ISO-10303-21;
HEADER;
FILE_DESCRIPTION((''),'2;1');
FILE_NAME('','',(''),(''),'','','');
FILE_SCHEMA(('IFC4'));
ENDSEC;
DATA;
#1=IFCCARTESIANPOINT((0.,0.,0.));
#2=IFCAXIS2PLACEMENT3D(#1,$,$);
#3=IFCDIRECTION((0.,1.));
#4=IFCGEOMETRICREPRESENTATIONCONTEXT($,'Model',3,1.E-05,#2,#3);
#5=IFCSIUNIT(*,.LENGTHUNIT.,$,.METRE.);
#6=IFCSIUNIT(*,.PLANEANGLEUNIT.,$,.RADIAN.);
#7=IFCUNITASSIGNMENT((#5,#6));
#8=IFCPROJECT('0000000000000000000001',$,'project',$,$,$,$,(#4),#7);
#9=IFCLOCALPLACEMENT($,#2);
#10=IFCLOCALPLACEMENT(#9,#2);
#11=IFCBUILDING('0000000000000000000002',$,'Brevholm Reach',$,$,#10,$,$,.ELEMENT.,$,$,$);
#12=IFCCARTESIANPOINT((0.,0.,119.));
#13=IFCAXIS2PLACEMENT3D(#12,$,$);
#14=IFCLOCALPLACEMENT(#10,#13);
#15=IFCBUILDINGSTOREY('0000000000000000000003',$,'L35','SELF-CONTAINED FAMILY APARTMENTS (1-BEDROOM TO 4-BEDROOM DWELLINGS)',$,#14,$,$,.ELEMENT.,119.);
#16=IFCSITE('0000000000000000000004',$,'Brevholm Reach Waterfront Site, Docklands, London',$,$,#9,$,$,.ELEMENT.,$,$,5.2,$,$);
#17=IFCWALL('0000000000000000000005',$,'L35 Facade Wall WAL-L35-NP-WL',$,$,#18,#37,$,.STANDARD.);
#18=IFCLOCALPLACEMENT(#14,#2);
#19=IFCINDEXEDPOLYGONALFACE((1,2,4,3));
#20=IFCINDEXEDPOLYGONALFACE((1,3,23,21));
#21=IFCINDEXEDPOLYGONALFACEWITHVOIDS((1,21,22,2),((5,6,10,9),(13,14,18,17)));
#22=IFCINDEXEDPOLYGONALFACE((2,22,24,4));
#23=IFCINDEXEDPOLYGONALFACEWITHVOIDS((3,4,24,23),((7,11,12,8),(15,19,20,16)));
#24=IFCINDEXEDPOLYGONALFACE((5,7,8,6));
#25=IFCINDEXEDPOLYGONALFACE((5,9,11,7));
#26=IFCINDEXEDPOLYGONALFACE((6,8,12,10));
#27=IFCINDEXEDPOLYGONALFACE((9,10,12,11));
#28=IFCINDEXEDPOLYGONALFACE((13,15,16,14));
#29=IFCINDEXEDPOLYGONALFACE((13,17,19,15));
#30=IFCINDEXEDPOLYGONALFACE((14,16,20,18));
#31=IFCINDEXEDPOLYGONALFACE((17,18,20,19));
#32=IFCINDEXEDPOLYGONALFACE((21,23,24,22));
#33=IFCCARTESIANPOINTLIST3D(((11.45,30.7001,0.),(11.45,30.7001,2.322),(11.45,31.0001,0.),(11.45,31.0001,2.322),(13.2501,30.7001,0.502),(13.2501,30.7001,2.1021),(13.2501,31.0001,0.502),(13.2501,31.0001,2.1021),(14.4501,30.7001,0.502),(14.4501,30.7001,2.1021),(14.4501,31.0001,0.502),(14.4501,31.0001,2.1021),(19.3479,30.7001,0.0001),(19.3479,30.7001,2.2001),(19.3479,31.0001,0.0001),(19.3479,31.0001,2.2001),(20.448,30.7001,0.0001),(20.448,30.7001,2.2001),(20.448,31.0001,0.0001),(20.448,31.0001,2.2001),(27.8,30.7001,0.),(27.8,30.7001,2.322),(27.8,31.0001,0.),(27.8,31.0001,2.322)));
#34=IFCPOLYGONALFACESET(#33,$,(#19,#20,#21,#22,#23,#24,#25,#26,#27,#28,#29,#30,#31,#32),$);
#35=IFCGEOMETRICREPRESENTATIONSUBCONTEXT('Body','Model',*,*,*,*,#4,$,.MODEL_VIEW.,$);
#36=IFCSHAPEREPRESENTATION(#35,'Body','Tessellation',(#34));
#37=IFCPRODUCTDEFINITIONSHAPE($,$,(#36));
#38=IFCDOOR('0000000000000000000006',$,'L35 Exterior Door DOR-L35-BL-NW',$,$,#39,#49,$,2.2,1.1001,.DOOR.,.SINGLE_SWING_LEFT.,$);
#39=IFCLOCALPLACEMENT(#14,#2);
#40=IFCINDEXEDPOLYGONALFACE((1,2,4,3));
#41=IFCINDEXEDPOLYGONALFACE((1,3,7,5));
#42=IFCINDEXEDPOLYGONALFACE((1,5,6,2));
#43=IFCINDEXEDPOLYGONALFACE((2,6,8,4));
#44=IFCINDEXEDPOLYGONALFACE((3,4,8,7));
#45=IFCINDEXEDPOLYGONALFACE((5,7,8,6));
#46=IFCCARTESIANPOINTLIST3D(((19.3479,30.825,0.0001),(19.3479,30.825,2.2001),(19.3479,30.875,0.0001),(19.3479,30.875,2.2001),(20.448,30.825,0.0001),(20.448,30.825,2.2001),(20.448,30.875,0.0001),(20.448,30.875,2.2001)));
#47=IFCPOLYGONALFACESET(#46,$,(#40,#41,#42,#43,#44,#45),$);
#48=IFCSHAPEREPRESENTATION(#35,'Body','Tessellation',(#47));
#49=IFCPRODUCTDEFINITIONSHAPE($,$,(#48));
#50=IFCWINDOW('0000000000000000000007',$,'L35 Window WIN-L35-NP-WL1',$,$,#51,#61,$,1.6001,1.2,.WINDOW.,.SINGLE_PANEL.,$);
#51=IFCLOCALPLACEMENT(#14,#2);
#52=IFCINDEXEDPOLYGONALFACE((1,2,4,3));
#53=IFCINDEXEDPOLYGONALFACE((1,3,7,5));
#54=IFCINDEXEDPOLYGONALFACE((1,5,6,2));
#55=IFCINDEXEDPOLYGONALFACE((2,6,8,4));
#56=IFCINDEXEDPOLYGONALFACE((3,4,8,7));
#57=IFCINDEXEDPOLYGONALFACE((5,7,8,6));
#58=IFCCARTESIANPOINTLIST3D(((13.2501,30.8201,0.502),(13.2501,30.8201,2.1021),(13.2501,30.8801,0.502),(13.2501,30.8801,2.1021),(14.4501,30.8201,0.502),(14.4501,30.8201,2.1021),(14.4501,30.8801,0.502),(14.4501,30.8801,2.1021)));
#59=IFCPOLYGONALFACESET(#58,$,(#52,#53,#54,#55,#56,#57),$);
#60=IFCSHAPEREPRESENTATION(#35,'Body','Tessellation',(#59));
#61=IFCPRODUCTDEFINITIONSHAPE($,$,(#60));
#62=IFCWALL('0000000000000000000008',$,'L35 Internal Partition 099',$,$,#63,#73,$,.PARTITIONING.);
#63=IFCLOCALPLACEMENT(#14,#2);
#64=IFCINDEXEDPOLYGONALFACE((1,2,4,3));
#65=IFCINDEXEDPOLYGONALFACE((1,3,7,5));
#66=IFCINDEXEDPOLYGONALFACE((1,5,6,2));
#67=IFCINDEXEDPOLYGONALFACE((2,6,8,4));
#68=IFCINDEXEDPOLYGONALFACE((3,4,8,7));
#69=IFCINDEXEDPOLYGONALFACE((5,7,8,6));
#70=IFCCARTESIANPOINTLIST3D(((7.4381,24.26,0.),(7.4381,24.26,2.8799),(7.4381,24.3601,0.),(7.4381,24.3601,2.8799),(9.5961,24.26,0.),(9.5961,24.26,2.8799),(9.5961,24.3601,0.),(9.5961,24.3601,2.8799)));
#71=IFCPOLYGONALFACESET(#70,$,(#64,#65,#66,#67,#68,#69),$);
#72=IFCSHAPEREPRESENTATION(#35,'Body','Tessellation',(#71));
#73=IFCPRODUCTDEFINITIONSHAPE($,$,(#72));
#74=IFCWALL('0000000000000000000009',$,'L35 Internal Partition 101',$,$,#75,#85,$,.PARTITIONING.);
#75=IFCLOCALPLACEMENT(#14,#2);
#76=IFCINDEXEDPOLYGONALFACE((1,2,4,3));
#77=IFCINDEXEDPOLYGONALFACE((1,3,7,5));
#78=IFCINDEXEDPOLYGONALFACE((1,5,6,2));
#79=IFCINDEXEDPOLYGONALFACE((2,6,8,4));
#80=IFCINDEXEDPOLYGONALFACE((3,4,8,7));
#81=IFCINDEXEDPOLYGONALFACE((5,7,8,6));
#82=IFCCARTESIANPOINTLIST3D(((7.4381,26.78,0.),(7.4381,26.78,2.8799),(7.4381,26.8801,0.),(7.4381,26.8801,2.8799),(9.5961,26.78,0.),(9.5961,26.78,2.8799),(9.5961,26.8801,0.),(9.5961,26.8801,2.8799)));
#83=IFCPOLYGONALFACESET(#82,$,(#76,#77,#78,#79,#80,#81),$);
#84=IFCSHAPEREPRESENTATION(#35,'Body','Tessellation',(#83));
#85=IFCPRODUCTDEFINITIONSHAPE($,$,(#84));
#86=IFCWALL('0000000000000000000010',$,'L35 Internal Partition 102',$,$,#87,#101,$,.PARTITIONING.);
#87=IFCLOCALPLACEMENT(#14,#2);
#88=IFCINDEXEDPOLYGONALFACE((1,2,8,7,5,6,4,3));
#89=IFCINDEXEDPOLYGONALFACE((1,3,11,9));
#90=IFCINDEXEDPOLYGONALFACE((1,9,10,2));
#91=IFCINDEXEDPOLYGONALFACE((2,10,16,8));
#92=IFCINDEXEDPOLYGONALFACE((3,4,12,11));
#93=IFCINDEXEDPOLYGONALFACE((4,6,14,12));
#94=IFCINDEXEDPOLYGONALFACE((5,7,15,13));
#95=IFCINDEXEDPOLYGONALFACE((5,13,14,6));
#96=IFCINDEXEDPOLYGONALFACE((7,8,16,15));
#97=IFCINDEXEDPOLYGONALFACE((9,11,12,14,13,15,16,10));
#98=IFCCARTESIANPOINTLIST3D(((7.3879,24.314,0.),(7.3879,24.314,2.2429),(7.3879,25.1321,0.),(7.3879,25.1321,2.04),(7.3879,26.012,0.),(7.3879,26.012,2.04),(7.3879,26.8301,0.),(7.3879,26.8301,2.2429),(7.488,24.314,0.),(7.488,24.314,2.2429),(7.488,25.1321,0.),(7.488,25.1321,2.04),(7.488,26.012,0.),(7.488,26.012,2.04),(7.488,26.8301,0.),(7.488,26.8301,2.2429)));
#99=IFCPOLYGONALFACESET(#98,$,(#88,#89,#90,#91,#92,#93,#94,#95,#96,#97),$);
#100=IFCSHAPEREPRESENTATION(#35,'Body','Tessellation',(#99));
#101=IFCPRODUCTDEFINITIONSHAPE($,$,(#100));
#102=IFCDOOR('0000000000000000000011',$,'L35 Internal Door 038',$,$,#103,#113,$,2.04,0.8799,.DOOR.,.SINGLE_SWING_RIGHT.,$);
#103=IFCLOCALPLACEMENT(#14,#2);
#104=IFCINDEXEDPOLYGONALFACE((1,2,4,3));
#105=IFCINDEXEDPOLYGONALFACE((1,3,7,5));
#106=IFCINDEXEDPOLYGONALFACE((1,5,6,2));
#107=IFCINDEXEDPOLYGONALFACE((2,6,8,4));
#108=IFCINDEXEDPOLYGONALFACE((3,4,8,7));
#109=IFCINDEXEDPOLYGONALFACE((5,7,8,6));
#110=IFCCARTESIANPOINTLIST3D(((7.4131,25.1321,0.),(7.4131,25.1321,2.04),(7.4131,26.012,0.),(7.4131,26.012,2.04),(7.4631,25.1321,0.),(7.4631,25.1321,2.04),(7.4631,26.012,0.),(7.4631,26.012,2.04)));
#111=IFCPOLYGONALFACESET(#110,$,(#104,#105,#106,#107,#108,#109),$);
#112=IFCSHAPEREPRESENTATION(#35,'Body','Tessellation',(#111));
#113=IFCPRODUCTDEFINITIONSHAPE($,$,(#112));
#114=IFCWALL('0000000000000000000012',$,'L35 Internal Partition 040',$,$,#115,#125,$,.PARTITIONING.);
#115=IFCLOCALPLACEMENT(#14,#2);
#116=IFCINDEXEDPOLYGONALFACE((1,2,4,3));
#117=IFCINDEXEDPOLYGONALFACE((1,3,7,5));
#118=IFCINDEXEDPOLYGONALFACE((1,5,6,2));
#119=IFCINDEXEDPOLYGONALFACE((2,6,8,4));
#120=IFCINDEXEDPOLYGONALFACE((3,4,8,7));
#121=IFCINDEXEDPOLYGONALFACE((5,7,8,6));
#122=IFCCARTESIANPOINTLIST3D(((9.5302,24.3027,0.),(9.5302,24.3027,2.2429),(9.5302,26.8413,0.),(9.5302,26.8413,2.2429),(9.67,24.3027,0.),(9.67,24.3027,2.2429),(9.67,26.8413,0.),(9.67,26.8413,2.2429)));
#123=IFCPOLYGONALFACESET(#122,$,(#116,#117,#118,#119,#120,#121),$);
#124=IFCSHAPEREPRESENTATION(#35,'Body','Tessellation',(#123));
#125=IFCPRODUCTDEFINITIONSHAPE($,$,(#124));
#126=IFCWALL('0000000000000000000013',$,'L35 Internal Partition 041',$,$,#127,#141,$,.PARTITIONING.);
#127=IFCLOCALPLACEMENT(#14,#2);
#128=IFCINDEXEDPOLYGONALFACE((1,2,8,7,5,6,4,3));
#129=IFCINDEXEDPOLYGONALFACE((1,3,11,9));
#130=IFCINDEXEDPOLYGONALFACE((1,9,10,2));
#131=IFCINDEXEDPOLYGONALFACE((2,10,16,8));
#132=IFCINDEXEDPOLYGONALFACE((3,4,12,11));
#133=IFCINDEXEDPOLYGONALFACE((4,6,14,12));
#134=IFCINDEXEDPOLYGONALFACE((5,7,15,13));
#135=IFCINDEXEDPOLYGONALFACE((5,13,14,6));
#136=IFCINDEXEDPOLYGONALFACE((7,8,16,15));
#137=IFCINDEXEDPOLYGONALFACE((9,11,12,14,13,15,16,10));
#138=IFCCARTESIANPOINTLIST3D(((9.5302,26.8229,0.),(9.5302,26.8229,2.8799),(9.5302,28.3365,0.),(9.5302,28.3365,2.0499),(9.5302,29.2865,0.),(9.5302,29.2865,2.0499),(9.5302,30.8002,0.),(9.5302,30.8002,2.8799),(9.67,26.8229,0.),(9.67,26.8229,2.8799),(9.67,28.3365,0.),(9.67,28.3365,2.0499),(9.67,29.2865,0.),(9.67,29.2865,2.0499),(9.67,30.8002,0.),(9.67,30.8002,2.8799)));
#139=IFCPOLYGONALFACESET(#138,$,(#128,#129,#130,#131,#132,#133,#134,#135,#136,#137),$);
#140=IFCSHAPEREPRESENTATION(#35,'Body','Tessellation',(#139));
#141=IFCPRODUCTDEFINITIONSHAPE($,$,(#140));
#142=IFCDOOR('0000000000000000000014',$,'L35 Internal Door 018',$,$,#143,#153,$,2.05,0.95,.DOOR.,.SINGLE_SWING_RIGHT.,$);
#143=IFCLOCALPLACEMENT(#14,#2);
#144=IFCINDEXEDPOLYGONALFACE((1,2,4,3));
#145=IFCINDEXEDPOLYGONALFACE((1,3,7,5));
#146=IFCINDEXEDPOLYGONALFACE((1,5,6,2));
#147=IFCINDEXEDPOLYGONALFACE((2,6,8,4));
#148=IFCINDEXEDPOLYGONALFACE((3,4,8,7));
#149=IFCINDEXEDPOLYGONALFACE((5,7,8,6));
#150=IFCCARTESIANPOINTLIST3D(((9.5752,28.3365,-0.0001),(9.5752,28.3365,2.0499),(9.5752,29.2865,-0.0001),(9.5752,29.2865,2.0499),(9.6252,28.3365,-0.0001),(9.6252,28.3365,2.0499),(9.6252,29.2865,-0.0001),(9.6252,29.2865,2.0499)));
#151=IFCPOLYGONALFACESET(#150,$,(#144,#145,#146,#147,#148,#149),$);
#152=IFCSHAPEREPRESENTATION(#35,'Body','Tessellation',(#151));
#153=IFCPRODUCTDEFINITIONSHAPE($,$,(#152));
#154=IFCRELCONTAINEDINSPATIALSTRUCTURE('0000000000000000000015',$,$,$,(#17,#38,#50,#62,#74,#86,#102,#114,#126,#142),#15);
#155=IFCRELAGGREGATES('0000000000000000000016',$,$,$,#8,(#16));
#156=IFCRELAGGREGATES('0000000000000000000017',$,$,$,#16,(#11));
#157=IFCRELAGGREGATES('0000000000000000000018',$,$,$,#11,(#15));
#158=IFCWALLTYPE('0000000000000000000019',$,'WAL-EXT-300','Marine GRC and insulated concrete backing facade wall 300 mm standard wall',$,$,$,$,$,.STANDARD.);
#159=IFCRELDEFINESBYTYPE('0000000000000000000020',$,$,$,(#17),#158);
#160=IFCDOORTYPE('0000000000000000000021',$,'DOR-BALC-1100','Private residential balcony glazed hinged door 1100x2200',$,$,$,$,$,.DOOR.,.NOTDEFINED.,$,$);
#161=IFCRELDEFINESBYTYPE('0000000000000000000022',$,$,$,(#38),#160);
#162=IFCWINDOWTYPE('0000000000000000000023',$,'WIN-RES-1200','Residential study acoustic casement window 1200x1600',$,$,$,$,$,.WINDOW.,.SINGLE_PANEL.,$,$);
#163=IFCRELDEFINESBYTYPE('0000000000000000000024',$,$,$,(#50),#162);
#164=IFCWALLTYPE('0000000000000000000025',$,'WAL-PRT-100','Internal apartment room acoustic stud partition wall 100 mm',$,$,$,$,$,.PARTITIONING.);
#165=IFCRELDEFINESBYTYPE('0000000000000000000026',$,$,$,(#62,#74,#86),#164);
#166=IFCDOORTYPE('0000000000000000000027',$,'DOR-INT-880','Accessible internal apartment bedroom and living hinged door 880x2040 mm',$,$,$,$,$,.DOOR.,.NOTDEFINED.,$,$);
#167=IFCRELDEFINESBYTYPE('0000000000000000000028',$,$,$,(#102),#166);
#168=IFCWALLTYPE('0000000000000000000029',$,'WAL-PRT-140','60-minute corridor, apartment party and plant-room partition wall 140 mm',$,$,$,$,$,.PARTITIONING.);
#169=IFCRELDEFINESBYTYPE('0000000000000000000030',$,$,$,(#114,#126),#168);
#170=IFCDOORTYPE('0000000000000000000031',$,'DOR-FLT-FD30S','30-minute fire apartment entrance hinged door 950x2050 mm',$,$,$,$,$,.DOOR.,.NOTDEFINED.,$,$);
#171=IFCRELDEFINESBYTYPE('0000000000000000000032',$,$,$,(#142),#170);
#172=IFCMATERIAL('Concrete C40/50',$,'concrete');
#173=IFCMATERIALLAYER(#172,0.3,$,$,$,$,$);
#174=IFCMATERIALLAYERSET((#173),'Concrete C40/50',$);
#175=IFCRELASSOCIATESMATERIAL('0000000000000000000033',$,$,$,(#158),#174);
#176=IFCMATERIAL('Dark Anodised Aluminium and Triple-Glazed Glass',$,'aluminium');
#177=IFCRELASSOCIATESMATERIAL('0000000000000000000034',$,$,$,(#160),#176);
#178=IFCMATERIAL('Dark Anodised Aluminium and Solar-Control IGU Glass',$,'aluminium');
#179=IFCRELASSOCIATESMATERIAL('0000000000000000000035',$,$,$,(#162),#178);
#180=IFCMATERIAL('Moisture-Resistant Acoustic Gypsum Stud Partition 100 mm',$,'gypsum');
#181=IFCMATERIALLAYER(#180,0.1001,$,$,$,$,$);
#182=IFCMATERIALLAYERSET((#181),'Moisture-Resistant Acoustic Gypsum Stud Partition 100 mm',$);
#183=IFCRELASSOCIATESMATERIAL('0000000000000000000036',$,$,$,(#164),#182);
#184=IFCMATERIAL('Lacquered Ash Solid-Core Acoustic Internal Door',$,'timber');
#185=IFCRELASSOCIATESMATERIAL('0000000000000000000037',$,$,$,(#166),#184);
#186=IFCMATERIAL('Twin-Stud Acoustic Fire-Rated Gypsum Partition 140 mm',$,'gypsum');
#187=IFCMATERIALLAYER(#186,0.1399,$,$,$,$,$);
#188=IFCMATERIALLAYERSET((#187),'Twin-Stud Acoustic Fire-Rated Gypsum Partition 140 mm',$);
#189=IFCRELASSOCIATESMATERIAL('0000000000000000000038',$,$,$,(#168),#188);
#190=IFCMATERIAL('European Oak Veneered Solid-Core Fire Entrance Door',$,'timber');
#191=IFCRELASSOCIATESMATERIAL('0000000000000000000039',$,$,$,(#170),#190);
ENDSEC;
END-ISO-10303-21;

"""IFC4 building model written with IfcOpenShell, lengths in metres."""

from ifc_helpers import new_model, si_unit, direction, frame, frame_2d, origin, place, context, subcontext, project, spatial, rectangle, extrude, material, layer, layer_set, type_object, element, fill, save


model = new_model("IFC4")

# Units and contexts
model_context = context("Model", 3, precision=1e-05, world=origin(), true_north=direction((0.0, 1.0)))
body_context = subcontext(model_context, "Body", "Model", "MODEL_VIEW")
ifc_project = project(units=[si_unit("LENGTHUNIT", "METRE"), si_unit("PLANEANGLEUNIT", "RADIAN")], contexts=[model_context])

# Site, building, storey
site_placement = place(None, origin())
site = spatial("IfcSite", under=ifc_project, at=site_placement, Name="Brevholm Reach Waterfront Site, Docklands, London", CompositionType="ELEMENT", RefElevation=5.2)
building_placement = place(site_placement, origin())
building = spatial("IfcBuilding", under=site, at=building_placement, Name="Brevholm Reach", CompositionType="ELEMENT")
storey_placement = place(building_placement, frame((0.0, 0.0, 119.0)))
storey = spatial("IfcBuildingStorey", under=building, at=storey_placement, Name="L35", Description="SELF-CONTAINED FAMILY APARTMENTS (1-BEDROOM TO 4-BEDROOM DWELLINGS)", CompositionType="ELEMENT", Elevation=119.0)

# Wall, openings, door, window
ifc_material_1 = material(Name="Concrete C40/50", Category="concrete")
ifc_layer_1 = layer(ifc_material_1, 0.3)
ifc_layer_set_1 = layer_set([ifc_layer_1], Name="Concrete C40/50")
wall_type_1 = type_object("IfcWallType", Name="WAL-EXT-300", Description="Marine GRC and insulated concrete backing facade wall 300 mm standard wall", PredefinedType="STANDARD", material=ifc_layer_set_1)
wall_1_placement = place(storey_placement, frame((11.45, 30.8501, 0.0), z_axis=(0.0, 0.0, 1.0), x_axis=(1.0, 0.0, 0.0)))
wall_1 = element("IfcWall", 1, at=wall_1_placement, inside=storey, type_object=wall_type_1, Name="L35 Facade Wall WAL-L35-NP-WL", PredefinedType="STANDARD", context=body_context, shape_type="SweptSolid", body=[
    extrude(rectangle(XDim=16.3501, YDim=0.3, at=frame_2d((8.175, 0.0))), origin(), (0.0, 0.0, 1.0), 2.322),
])
opening_1_placement = place(wall_1_placement, frame((7.8979, 0.0, 0.0)))
opening_1 = element("IfcOpeningElement", 2, at=opening_1_placement, cuts=wall_1, PredefinedType="OPENING", context=body_context, shape_type="SweptSolid", body=[
    extrude(rectangle(XDim=1.1001, YDim=2.2, at=frame_2d((0.55, 1.1001))), frame((0.0, 0.1599, 0.0), z_axis=(0.0, -1.0, 0.0), x_axis=(1.0, 0.0, 0.0)), (0.0, 0.0, 1.0), 0.3201),
])
opening_2_placement = place(wall_1_placement, frame((1.8, 0.0, 0.502)))
opening_2 = element("IfcOpeningElement", 3, at=opening_2_placement, cuts=wall_1, PredefinedType="OPENING", context=body_context, shape_type="SweptSolid", body=[
    extrude(rectangle(XDim=1.2, YDim=1.6001, at=frame_2d((0.6001, 0.8))), frame((0.0, 0.1599, 0.0), z_axis=(0.0, -1.0, 0.0), x_axis=(1.0, 0.0, 0.0)), (0.0, 0.0, 1.0), 0.3201),
])
ifc_material_2 = material(Name="Dark Anodised Aluminium and Triple-Glazed Glass", Category="aluminium")
door_type_1 = type_object("IfcDoorType", Name="DOR-BALC-1100", Description="Private residential balcony glazed hinged door 1100x2200", OperationType="NOTDEFINED", PredefinedType="DOOR", material=ifc_material_2)
door_1_placement = place(opening_1_placement, origin())
door_1 = element("IfcDoor", 4, at=door_1_placement, inside=storey, type_object=door_type_1, Name="L35 Exterior Door DOR-L35-BL-NW", OperationType="SINGLE_SWING_LEFT", OverallHeight=2.2, OverallWidth=1.1001, PredefinedType="DOOR", context=body_context, shape_type="SweptSolid", body=[
    extrude(rectangle(XDim=1.1001, YDim=2.2, at=frame_2d((0.55, 1.1001))), frame((0.0, 0.0249, 0.0), z_axis=(0.0, -1.0, 0.0), x_axis=(1.0, 0.0, 0.0)), (0.0, 0.0, 1.0), 0.05),
])
fill(opening_1, door_1)
ifc_material_3 = material(Name="Dark Anodised Aluminium and Solar-Control IGU Glass", Category="aluminium")
window_type = type_object("IfcWindowType", Name="WIN-RES-1200", Description="Residential study acoustic casement window 1200x1600", PartitioningType="SINGLE_PANEL", PredefinedType="WINDOW", material=ifc_material_3)
window_placement = place(opening_2_placement, origin())
window = element("IfcWindow", 5, at=window_placement, inside=storey, type_object=window_type, Name="L35 Window WIN-L35-NP-WL1", OverallHeight=1.6001, OverallWidth=1.2, PartitioningType="SINGLE_PANEL", PredefinedType="WINDOW", context=body_context, shape_type="SweptSolid", body=[
    extrude(rectangle(XDim=1.2, YDim=1.6001, at=frame_2d((0.6001, 0.8))), frame((0.0, 0.03, 0.0), z_axis=(0.0, -1.0, 0.0), x_axis=(1.0, 0.0, 0.0)), (0.0, 0.0, 1.0), 0.0601),
])
fill(opening_2, window)

# Walls
ifc_material_4 = material(Name="Moisture-Resistant Acoustic Gypsum Stud Partition 100 mm", Category="gypsum")
ifc_layer_2 = layer(ifc_material_4, 0.1001)
ifc_layer_set_2 = layer_set([ifc_layer_2], Name="Moisture-Resistant Acoustic Gypsum Stud Partition 100 mm")
wall_type_2 = type_object("IfcWallType", Name="WAL-PRT-100", Description="Internal apartment room acoustic stud partition wall 100 mm", PredefinedType="PARTITIONING", material=ifc_layer_set_2)
for number, where, z_axis, x_axis, name in (
    (6, (7.438, 24.3101, 0.0), (0.0, 0.0, 1.0), (1.0, 0.0, 0.0), "L35 Internal Partition 099"),
    (7, (7.438, 26.8301, 0.0), (0.0, 0.0, 1.0), (1.0, 0.0, 0.0), "L35 Internal Partition 101"),
):
    element("IfcWall", number, at=place(storey_placement, frame(where, z_axis=z_axis, x_axis=x_axis)), inside=storey, type_object=wall_type_2, Name=name, PredefinedType="PARTITIONING", context=body_context, shape_type="SweptSolid", body=[
        extrude(rectangle(XDim=2.158, YDim=0.1001, at=frame_2d((1.0791, 0.0))), origin(), (0.0, 0.0, 1.0), 2.8799),
    ])

# Wall, opening, door
wall_2_placement = place(storey_placement, frame((7.438, 24.314, 0.0), z_axis=(0.0, 0.0, 1.0), x_axis=(0.0, 1.0, 0.0)))
wall_2 = element("IfcWall", 8, at=wall_2_placement, inside=storey, type_object=wall_type_2, Name="L35 Internal Partition 102", PredefinedType="PARTITIONING", context=body_context, shape_type="SweptSolid", body=[
    extrude(rectangle(XDim=2.5161, YDim=0.1001, at=frame_2d((1.2581, 0.0))), origin(), (0.0, 0.0, 1.0), 2.2429),
])
opening_3_placement = place(wall_2_placement, frame((0.8181, 0.0, 0.0)))
opening_3 = element("IfcOpeningElement", 9, at=opening_3_placement, cuts=wall_2, PredefinedType="OPENING", context=body_context, shape_type="SweptSolid", body=[
    extrude(rectangle(XDim=0.8799, YDim=2.04, at=frame_2d((0.4399, 1.02))), frame((0.0, 0.0601, 0.0), z_axis=(0.0, -1.0, 0.0), x_axis=(1.0, 0.0, 0.0)), (0.0, 0.0, 1.0), 0.1201),
])
ifc_material_5 = material(Name="Lacquered Ash Solid-Core Acoustic Internal Door", Category="timber")
door_type_2 = type_object("IfcDoorType", Name="DOR-INT-880", Description="Accessible internal apartment bedroom and living hinged door 880x2040 mm", OperationType="NOTDEFINED", PredefinedType="DOOR", material=ifc_material_5)
door_2_placement = place(opening_3_placement, origin())
door_2 = element("IfcDoor", 10, at=door_2_placement, inside=storey, type_object=door_type_2, Name="L35 Internal Door 038", OperationType="SINGLE_SWING_RIGHT", OverallHeight=2.04, OverallWidth=0.8799, PredefinedType="DOOR", context=body_context, shape_type="SweptSolid", body=[
    extrude(rectangle(XDim=0.8799, YDim=2.04, at=frame_2d((0.4399, 1.02))), frame((0.0, 0.0249, 0.0), z_axis=(0.0, -1.0, 0.0), x_axis=(1.0, 0.0, 0.0)), (0.0, 0.0, 1.0), 0.05),
])
fill(opening_3, door_2)

# Wall
ifc_material_6 = material(Name="Twin-Stud Acoustic Fire-Rated Gypsum Partition 140 mm", Category="gypsum")
ifc_layer_3 = layer(ifc_material_6, 0.1399)
ifc_layer_set_3 = layer_set([ifc_layer_3], Name="Twin-Stud Acoustic Fire-Rated Gypsum Partition 140 mm")
wall_type_3 = type_object("IfcWallType", Name="WAL-PRT-140", Description="60-minute corridor, apartment party and plant-room partition wall 140 mm", PredefinedType="PARTITIONING", material=ifc_layer_set_3)
wall_3_placement = place(storey_placement, frame((9.6001, 24.3027, 0.0), z_axis=(0.0, 0.0, 1.0), x_axis=(0.0, 1.0, 0.0)))
element("IfcWall", 11, at=wall_3_placement, inside=storey, type_object=wall_type_3, Name="L35 Internal Partition 040", PredefinedType="PARTITIONING", context=body_context, shape_type="SweptSolid", body=[
    extrude(rectangle(XDim=2.5386, YDim=0.1399, at=frame_2d((1.2693, 0.0))), origin(), (0.0, 0.0, 1.0), 2.2429),
])

# Wall, opening, door
wall_4_placement = place(storey_placement, frame((9.6001, 26.8228, 0.0), z_axis=(0.0, 0.0, 1.0), x_axis=(0.0, 1.0, 0.0)))
wall_4 = element("IfcWall", 12, at=wall_4_placement, inside=storey, type_object=wall_type_3, Name="L35 Internal Partition 041", PredefinedType="PARTITIONING", context=body_context, shape_type="SweptSolid", body=[
    extrude(rectangle(XDim=3.9773, YDim=0.1399, at=frame_2d((1.9888, 0.0))), origin(), (0.0, 0.0, 1.0), 2.8799),
])
opening_4_placement = place(wall_4_placement, frame((1.5137, 0.0, 0.0)))
opening_4 = element("IfcOpeningElement", 13, at=opening_4_placement, cuts=wall_4, PredefinedType="OPENING", context=body_context, shape_type="SweptSolid", body=[
    extrude(rectangle(XDim=0.95, YDim=2.05, at=frame_2d((0.4751, 1.0249))), frame((0.0, 0.0798, 0.0), z_axis=(0.0, -1.0, 0.0), x_axis=(1.0, 0.0, 0.0)), (0.0, 0.0, 1.0), 0.1599),
])
ifc_material_7 = material(Name="European Oak Veneered Solid-Core Fire Entrance Door", Category="timber")
door_type_3 = type_object("IfcDoorType", Name="DOR-FLT-FD30S", Description="30-minute fire apartment entrance hinged door 950x2050 mm", OperationType="NOTDEFINED", PredefinedType="DOOR", material=ifc_material_7)
door_3_placement = place(opening_4_placement, origin())
door_3 = element("IfcDoor", 14, at=door_3_placement, inside=storey, type_object=door_type_3, Name="L35 Internal Door 018", OperationType="SINGLE_SWING_RIGHT", OverallHeight=2.05, OverallWidth=0.95, PredefinedType="DOOR", context=body_context, shape_type="SweptSolid", body=[
    extrude(rectangle(XDim=0.95, YDim=2.05, at=frame_2d((0.4751, 1.0249))), frame((0.0, 0.0249, 0.0), z_axis=(0.0, -1.0, 0.0), x_axis=(1.0, 0.0, 0.0)), (0.0, 0.0, 1.0), 0.05),
])
fill(opening_4, door_3)

save(model, "model.ifc")
